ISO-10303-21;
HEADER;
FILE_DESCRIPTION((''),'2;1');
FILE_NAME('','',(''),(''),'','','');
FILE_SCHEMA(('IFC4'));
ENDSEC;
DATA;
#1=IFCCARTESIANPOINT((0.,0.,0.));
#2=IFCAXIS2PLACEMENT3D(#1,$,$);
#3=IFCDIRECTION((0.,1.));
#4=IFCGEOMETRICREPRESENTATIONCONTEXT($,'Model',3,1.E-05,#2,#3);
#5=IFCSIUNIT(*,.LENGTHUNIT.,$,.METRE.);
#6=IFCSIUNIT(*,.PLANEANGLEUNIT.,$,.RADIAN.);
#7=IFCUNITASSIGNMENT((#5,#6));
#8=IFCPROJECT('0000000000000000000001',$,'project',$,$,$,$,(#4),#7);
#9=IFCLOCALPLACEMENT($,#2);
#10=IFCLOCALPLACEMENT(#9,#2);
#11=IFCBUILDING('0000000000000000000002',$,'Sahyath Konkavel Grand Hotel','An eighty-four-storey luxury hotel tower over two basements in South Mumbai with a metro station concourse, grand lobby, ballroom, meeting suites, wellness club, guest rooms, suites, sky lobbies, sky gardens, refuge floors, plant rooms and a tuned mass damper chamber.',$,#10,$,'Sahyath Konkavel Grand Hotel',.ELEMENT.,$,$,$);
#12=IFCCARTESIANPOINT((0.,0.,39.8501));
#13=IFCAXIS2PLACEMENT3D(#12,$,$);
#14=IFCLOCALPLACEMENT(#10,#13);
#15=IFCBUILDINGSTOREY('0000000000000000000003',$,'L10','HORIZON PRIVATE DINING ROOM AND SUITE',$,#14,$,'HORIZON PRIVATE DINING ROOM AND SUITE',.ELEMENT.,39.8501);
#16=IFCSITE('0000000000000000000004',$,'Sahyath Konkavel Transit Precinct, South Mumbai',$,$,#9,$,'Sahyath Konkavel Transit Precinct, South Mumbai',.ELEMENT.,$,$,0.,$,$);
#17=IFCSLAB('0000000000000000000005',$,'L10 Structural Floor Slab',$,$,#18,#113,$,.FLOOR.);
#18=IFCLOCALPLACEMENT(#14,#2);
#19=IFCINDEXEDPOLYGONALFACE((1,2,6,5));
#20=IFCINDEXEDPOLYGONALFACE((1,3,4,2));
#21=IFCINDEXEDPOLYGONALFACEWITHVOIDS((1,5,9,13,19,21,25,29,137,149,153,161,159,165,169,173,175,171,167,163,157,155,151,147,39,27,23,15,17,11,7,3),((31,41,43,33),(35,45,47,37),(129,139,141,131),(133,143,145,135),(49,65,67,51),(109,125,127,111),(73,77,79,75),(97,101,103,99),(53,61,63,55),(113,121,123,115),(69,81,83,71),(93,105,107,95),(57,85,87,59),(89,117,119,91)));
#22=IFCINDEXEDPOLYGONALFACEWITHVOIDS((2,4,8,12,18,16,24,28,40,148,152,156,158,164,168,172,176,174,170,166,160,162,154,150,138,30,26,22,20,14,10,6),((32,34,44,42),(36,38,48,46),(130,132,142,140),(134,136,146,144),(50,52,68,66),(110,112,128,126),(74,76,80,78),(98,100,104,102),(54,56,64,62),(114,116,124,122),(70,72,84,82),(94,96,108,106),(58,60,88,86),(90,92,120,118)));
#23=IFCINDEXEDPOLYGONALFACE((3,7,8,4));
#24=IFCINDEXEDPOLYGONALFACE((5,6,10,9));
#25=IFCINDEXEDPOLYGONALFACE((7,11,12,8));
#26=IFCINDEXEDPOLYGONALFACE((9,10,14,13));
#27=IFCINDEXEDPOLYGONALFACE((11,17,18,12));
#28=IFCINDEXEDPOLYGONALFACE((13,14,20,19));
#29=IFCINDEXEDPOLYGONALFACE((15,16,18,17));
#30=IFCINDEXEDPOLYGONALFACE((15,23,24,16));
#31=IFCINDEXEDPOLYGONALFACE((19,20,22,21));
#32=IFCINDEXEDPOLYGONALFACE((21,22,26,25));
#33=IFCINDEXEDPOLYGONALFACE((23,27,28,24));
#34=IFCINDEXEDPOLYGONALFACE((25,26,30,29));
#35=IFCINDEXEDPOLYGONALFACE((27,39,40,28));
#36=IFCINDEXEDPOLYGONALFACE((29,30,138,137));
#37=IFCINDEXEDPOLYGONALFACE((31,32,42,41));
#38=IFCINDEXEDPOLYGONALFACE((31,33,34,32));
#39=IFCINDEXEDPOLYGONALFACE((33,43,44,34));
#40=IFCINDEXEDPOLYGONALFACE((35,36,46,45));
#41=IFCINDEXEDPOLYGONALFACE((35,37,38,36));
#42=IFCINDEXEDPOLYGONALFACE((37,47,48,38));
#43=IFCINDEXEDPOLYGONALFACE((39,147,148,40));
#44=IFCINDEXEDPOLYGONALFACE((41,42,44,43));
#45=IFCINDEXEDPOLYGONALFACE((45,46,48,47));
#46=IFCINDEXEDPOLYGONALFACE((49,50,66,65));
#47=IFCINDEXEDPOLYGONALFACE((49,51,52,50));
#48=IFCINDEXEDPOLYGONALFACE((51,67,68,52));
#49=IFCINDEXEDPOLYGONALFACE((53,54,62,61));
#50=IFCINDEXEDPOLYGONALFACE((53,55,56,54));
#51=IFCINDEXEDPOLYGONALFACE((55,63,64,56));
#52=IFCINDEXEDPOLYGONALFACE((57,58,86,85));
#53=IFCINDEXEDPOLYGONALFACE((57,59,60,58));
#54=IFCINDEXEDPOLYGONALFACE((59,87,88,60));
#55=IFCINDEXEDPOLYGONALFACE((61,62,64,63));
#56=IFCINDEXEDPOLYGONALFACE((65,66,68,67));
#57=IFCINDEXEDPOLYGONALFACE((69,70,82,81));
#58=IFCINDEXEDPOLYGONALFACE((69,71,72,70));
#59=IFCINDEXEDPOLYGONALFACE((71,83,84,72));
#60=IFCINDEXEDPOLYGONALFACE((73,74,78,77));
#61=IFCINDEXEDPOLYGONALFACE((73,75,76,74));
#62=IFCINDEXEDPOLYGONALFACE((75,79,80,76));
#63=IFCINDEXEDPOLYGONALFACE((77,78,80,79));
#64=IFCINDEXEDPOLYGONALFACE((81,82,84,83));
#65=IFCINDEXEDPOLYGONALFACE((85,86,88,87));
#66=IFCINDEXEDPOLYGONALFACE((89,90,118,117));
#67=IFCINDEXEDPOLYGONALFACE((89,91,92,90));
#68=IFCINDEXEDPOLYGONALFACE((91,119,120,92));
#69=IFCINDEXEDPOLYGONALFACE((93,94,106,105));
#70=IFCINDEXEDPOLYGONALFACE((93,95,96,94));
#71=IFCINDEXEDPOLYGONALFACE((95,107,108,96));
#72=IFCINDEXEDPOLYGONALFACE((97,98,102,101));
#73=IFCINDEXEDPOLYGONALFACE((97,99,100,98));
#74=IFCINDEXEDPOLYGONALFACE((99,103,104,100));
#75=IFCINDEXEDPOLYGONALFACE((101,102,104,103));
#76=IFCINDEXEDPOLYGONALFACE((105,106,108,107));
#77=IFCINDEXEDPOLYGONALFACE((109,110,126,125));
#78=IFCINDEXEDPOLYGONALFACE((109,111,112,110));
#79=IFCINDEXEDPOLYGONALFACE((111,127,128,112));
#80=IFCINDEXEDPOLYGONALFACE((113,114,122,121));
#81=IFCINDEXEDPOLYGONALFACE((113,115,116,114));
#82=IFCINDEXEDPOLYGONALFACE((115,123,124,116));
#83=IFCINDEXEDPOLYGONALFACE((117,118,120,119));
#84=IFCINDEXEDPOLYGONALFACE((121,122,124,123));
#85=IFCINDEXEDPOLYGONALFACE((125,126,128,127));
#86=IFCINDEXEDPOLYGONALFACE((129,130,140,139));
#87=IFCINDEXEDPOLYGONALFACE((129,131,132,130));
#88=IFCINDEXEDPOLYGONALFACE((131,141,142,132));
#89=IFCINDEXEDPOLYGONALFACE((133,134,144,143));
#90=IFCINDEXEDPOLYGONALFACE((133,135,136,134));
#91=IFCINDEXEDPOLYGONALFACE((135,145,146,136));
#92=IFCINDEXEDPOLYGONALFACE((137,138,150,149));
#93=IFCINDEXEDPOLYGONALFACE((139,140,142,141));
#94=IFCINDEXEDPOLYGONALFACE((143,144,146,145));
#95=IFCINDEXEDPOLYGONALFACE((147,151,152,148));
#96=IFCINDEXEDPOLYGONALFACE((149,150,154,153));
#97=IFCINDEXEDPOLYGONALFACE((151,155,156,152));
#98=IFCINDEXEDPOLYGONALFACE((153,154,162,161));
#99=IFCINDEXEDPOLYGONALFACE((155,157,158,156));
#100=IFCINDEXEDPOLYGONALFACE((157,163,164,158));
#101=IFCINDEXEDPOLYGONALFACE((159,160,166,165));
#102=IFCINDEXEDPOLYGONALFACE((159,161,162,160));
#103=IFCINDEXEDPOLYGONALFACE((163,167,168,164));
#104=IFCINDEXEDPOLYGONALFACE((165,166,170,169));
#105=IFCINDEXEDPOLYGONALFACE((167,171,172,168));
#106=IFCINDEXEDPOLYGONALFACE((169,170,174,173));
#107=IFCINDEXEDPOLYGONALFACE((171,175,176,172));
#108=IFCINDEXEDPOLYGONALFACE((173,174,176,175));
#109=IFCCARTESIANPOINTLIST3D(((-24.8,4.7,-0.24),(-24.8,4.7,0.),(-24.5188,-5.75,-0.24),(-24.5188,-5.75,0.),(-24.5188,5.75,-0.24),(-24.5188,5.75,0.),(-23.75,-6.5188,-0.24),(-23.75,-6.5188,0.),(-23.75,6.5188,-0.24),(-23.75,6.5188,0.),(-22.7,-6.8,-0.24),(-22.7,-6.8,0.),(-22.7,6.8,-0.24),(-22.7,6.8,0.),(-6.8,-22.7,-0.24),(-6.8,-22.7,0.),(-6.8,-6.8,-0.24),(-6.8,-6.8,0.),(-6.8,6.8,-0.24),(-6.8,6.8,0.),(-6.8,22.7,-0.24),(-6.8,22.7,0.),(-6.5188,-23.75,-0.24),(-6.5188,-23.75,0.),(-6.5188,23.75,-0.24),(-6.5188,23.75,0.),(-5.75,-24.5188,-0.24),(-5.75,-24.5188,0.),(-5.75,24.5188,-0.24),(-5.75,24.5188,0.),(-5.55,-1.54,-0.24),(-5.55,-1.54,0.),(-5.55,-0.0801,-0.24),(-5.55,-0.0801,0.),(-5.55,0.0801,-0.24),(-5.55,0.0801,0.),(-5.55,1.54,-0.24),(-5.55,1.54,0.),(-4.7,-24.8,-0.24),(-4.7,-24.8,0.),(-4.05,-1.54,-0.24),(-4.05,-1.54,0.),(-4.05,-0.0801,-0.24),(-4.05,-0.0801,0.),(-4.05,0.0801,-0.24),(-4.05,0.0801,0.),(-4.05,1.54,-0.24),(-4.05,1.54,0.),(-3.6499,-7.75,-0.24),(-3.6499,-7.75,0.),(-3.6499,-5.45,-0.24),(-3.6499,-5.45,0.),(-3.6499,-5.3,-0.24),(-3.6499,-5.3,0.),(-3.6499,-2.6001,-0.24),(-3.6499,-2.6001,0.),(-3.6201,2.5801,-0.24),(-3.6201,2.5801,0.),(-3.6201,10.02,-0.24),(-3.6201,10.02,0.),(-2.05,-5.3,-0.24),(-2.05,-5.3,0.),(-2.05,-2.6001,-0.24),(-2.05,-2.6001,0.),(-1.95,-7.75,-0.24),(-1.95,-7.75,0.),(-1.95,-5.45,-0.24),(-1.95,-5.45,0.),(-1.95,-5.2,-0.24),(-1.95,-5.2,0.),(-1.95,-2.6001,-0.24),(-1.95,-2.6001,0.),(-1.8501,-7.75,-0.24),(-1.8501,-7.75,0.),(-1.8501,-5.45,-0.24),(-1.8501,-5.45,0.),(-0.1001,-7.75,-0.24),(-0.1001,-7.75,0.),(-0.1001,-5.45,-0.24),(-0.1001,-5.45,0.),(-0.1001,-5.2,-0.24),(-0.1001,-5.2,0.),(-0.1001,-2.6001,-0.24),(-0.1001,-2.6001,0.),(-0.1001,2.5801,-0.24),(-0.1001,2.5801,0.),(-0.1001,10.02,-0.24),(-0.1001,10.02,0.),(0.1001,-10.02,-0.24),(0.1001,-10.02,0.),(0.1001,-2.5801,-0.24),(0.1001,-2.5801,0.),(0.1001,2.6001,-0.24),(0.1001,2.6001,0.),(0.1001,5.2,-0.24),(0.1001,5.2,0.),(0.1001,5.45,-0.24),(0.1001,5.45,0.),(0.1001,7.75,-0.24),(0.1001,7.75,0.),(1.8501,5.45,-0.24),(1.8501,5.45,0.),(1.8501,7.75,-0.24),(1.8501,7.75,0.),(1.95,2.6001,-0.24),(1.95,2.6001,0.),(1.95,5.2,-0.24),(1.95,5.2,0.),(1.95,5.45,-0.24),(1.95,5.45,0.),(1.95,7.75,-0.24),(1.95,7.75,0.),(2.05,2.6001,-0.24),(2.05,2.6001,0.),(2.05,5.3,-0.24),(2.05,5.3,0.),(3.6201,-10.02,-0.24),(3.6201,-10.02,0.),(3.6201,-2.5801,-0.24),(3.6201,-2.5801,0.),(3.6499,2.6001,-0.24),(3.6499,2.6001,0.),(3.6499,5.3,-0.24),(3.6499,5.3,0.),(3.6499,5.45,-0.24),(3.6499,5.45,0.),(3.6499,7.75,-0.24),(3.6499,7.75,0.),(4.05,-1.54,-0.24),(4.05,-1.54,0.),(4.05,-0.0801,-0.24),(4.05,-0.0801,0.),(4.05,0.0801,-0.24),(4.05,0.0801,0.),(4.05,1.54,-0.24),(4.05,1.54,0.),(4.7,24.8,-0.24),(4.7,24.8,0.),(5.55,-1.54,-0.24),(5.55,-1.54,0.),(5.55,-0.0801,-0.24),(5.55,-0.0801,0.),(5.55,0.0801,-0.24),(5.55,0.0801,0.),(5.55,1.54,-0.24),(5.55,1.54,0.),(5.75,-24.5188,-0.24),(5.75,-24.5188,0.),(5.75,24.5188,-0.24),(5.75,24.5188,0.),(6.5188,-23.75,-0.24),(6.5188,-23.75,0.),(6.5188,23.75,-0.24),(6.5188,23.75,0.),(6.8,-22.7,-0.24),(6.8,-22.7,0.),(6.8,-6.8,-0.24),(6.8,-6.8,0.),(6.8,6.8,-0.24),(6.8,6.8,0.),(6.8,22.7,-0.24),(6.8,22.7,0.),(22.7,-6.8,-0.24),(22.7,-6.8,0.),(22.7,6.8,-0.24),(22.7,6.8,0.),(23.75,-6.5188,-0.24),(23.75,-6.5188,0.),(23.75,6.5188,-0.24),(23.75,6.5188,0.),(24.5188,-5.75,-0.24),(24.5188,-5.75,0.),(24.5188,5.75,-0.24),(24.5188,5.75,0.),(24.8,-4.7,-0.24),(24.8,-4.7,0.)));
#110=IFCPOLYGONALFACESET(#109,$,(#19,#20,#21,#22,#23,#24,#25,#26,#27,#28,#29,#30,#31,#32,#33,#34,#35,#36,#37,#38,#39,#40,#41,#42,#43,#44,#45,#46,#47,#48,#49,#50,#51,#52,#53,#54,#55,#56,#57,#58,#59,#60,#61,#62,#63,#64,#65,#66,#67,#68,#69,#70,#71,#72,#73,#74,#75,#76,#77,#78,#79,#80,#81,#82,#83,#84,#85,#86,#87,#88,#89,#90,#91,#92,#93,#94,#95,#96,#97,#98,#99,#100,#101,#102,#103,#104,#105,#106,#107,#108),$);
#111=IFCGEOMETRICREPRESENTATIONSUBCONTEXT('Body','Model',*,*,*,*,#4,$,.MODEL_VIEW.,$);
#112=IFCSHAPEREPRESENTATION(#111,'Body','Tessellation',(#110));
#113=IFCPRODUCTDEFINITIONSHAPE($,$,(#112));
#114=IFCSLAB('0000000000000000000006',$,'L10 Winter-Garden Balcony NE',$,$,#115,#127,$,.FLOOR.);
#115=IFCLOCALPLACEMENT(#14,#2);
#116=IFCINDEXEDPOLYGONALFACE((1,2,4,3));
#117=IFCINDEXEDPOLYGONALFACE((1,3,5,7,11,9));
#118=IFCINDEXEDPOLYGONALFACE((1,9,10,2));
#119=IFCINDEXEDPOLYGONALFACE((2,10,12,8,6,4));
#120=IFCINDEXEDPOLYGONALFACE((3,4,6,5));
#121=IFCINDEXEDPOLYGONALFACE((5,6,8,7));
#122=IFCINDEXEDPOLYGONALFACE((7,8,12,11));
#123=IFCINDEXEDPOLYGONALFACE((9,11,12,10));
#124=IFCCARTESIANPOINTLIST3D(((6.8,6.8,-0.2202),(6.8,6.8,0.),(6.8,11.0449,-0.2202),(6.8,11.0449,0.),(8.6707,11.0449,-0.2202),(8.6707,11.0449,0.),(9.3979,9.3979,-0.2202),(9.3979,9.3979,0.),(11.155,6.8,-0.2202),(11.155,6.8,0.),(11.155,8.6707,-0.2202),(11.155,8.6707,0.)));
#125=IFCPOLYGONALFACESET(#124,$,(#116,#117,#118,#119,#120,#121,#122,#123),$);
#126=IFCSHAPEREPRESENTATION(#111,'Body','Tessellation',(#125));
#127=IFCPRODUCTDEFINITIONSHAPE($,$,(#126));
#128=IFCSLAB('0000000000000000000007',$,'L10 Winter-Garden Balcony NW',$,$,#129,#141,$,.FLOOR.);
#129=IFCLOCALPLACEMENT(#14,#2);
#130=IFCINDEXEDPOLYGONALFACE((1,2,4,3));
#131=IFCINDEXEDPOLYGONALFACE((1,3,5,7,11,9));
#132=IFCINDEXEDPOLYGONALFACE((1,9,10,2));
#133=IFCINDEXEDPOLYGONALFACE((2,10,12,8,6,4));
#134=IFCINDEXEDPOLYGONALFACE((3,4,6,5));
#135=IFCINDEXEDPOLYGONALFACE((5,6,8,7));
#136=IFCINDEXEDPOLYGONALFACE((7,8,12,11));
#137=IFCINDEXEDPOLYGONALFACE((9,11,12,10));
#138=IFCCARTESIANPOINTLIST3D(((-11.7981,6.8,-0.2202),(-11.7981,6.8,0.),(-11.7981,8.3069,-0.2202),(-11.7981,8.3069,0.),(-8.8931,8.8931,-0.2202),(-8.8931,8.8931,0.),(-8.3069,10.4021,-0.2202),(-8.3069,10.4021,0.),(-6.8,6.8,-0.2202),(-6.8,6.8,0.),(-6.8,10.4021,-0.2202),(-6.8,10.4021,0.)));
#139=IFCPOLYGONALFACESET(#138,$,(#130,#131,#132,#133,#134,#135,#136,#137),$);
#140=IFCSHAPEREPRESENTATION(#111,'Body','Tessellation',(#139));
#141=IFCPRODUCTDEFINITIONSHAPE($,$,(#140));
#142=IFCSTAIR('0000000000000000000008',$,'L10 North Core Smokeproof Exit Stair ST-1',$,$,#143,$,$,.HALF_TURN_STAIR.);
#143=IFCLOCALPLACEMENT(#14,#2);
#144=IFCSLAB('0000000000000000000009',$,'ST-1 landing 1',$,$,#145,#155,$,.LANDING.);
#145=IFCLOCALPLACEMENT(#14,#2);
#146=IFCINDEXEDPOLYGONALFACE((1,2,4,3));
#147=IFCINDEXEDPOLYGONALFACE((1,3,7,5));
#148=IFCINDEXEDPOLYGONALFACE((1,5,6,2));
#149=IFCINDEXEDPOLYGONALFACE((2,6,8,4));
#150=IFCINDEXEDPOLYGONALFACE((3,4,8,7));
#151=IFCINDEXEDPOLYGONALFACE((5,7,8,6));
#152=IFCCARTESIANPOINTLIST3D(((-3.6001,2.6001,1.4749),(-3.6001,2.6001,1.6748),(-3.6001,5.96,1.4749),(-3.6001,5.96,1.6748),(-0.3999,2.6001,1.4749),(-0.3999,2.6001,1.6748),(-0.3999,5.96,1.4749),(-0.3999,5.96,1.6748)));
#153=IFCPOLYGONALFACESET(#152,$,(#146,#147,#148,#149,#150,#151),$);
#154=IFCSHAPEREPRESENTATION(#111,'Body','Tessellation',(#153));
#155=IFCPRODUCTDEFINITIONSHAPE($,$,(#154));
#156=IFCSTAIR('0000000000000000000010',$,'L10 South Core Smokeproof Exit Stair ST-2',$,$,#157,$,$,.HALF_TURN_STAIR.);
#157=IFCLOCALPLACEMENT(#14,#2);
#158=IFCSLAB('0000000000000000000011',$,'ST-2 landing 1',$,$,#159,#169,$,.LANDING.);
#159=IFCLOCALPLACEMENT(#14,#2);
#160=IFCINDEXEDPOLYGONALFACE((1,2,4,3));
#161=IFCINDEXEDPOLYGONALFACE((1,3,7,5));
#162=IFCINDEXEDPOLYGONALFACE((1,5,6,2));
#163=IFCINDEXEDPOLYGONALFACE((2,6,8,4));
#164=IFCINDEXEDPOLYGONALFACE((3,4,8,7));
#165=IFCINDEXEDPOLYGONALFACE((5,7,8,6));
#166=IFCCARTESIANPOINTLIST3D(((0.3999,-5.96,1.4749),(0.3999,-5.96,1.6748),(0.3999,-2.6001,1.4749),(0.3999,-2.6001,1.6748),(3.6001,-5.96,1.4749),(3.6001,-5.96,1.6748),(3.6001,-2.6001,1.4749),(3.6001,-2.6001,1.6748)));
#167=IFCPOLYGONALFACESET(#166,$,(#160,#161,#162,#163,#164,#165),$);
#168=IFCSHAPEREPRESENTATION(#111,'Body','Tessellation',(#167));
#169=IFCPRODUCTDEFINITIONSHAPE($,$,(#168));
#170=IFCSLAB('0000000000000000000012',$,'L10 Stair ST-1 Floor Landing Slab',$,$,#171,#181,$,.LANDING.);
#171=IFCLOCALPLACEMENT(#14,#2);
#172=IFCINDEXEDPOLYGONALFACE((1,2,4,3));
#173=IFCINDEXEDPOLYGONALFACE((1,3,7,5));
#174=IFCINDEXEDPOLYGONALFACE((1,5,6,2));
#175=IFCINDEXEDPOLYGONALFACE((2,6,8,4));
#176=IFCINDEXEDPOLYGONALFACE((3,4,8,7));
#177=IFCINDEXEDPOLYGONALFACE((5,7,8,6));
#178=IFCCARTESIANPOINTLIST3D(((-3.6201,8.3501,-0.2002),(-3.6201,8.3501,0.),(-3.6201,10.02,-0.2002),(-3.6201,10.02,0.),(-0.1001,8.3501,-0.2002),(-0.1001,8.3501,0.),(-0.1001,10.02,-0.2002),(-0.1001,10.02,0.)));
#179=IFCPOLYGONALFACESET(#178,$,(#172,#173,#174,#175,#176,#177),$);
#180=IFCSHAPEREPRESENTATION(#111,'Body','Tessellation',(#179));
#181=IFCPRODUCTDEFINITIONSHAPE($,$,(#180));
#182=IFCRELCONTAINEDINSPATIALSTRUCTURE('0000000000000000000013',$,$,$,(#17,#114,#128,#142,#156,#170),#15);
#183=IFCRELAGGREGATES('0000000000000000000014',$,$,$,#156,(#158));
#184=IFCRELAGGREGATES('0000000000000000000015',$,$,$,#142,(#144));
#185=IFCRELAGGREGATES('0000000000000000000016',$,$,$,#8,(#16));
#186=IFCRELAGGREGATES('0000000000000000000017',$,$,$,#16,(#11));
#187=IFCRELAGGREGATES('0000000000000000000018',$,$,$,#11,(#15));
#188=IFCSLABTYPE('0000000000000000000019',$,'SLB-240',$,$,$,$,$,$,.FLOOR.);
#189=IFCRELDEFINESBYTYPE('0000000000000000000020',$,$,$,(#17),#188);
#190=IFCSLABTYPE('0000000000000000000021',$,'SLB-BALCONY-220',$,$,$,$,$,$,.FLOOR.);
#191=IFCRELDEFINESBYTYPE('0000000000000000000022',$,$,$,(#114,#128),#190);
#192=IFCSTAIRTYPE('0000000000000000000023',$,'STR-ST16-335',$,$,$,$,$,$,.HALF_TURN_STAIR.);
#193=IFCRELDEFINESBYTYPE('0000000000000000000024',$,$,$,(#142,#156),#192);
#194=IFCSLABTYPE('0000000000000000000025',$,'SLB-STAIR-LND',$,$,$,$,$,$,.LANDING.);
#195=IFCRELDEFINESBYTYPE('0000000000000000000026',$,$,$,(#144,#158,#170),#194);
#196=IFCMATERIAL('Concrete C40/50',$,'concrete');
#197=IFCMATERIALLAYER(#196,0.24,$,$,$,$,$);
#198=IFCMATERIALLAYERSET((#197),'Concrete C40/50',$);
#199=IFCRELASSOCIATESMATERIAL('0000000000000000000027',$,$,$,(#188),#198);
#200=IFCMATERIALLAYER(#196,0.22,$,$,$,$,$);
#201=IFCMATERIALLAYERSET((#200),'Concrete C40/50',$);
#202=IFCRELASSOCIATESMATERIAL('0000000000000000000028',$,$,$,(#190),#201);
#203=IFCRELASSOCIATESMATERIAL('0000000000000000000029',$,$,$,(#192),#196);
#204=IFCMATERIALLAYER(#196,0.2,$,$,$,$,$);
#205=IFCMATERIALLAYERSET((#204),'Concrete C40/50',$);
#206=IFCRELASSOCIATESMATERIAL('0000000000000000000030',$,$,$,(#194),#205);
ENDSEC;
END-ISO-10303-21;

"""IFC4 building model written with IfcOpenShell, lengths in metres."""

from ifc_helpers import new_model, si_unit, direction, frame, origin, place, context, subcontext, project, spatial, polyline, outline, extrude, material, layer, layer_set, type_object, element, aggregate, save


model = new_model("IFC4")

# Units and contexts
model_context = context("Model", 3, precision=1e-05, world=origin(), true_north=direction((0.0, 1.0)))
body_context = subcontext(model_context, "Body", "Model", "MODEL_VIEW")
ifc_project = project(units=[si_unit("LENGTHUNIT", "METRE"), si_unit("PLANEANGLEUNIT", "RADIAN")], contexts=[model_context])

# Site, building, storey
site_placement = place(None, origin())
site = spatial("IfcSite", under=ifc_project, at=site_placement, Name="Sahyath Konkavel Transit Precinct, South Mumbai", LongName="Sahyath Konkavel Transit Precinct, South Mumbai", CompositionType="ELEMENT", RefElevation=0.0)
building_placement = place(site_placement, origin())
building = spatial("IfcBuilding", under=site, at=building_placement, Name="Sahyath Konkavel Grand Hotel", Description="An eighty-four-storey luxury hotel tower over two basements in South Mumbai with a metro station concourse, grand lobby, ballroom, meeting suites, wellness club, guest rooms, suites, sky lobbies, sky gardens, refuge floors, plant rooms and a tuned mass damper chamber.", LongName="Sahyath Konkavel Grand Hotel", CompositionType="ELEMENT")
storey_placement = place(building_placement, frame((0.0, 0.0, 39.8501)))
storey = spatial("IfcBuildingStorey", under=building, at=storey_placement, Name="L10", Description="HORIZON PRIVATE DINING ROOM AND SUITE", LongName="HORIZON PRIVATE DINING ROOM AND SUITE", CompositionType="ELEMENT", Elevation=39.8501)

# Slabs
ifc_material_1 = material(Name="Concrete C40/50", Category="concrete")
ifc_layer_1 = layer(ifc_material_1, 0.24)
ifc_layer_set_1 = layer_set([ifc_layer_1], Name="Concrete C40/50")
slab_type_1 = type_object("IfcSlabType", Name="SLB-240", PredefinedType="FLOOR", material=ifc_layer_set_1)
slab_1_placement = place(storey_placement, frame((0.0, 0.0, -0.24)))
element("IfcSlab", 1, at=slab_1_placement, inside=storey, type_object=slab_type_1, Name="L10 Structural Floor Slab", PredefinedType="FLOOR", context=body_context, shape_type="SweptSolid", body=[
    extrude(outline(polyline([(6.8, -6.8), (22.7, -6.8), (23.75, -6.5188), (24.5188, -5.75), (24.8, -4.7), (24.5188, 5.75), (23.75, 6.5188), (22.7, 6.8), (6.8, 6.8), (6.8, 22.7), (6.5188, 23.75), (5.75, 24.5188), (4.7, 24.8), (-5.75, 24.5188), (-6.5188, 23.75), (-6.8, 22.7), (-6.8, 6.8), (-22.7, 6.8), (-23.75, 6.5188), (-24.5188, 5.75), (-24.8, 4.7), (-24.5188, -5.75), (-23.75, -6.5188), (-22.7, -6.8), (-6.8, -6.8), (-6.8, -22.7), (-6.5188, -23.75), (-5.75, -24.5188), (-4.7, -24.8), (5.75, -24.5188), (6.5188, -23.75), (6.8, -22.7), (6.8, -6.8)]), holes=[polyline([(-3.6201, 2.5801), (-0.1001, 2.5801), (-0.1001, 10.02), (-3.6201, 10.02), (-3.6201, 2.5801)]), polyline([(0.1001, -10.02), (3.6201, -10.02), (3.6201, -2.5801), (0.1001, -2.5801), (0.1001, -10.02)]), polyline([(0.1001, 2.6001), (1.95, 2.6001), (1.95, 5.2), (0.1001, 5.2), (0.1001, 2.6001)]), polyline([(-1.95, -5.2), (-0.1001, -5.2), (-0.1001, -2.6001), (-1.95, -2.6001), (-1.95, -5.2)]), polyline([(2.05, 2.6001), (3.6499, 2.6001), (3.6499, 5.3), (2.05, 5.3), (2.05, 2.6001)]), polyline([(-3.6499, -5.3), (-2.05, -5.3), (-2.05, -2.6001), (-3.6499, -2.6001), (-3.6499, -5.3)]), polyline([(0.1001, 5.45), (1.8501, 5.45), (1.8501, 7.75), (0.1001, 7.75), (0.1001, 5.45)]), polyline([(1.95, 5.45), (3.6499, 5.45), (3.6499, 7.75), (1.95, 7.75), (1.95, 5.45)]), polyline([(-3.6499, -7.75), (-1.95, -7.75), (-1.95, -5.45), (-3.6499, -5.45), (-3.6499, -7.75)]), polyline([(-1.8501, -7.75), (-0.1001, -7.75), (-0.1001, -5.45), (-1.8501, -5.45), (-1.8501, -7.75)]), polyline([(4.05, 0.0801), (5.55, 0.0801), (5.55, 1.54), (4.05, 1.54), (4.05, 0.0801)]), polyline([(4.05, -1.54), (5.55, -1.54), (5.55, -0.0801), (4.05, -0.0801), (4.05, -1.54)]), polyline([(-5.55, 0.0801), (-4.05, 0.0801), (-4.05, 1.54), (-5.55, 1.54), (-5.55, 0.0801)]), polyline([(-5.55, -1.54), (-4.05, -1.54), (-4.05, -0.0801), (-5.55, -0.0801), (-5.55, -1.54)])]), origin(), (0.0, 0.0, 1.0), 0.24),
])
ifc_layer_2 = layer(ifc_material_1, 0.22)
ifc_layer_set_2 = layer_set([ifc_layer_2], Name="Concrete C40/50")
slab_type_2 = type_object("IfcSlabType", Name="SLB-BALCONY-220", PredefinedType="FLOOR", material=ifc_layer_set_2)
slab_2_placement = place(storey_placement, frame((0.0, 0.0, -0.2202)))
element("IfcSlab", 2, at=slab_2_placement, inside=storey, type_object=slab_type_2, Name="L10 Winter-Garden Balcony NE", PredefinedType="FLOOR", context=body_context, shape_type="SweptSolid", body=[
    extrude(outline(polyline([(6.8, 6.8), (11.155, 6.8), (11.155, 8.6707), (9.3979, 9.3979), (8.6707, 11.0449), (6.8, 11.0449), (6.8, 6.8)])), origin(), (0.0, 0.0, 1.0), 0.2202),
])
slab_3_placement = place(storey_placement, frame((0.0, 0.0, -0.2202)))
element("IfcSlab", 3, at=slab_3_placement, inside=storey, type_object=slab_type_2, Name="L10 Winter-Garden Balcony NW", PredefinedType="FLOOR", context=body_context, shape_type="SweptSolid", body=[
    extrude(outline(polyline([(-6.8, 6.8), (-6.8, 10.4021), (-8.3069, 10.4021), (-8.8931, 8.8931), (-11.7981, 8.3069), (-11.7981, 6.8), (-6.8, 6.8)])), origin(), (0.0, 0.0, 1.0), 0.2202),
])

# Stairs, slabs
stair_type = type_object("IfcStairType", Name="STR-ST16-335", PredefinedType="HALF_TURN_STAIR", material=ifc_material_1)
stair_1_placement = place(storey_placement, origin())
stair_1 = element("IfcStair", 4, at=stair_1_placement, inside=storey, type_object=stair_type, Name="L10 North Core Smokeproof Exit Stair ST-1", PredefinedType="HALF_TURN_STAIR")
ifc_layer_3 = layer(ifc_material_1, 0.2)
ifc_layer_set_3 = layer_set([ifc_layer_3], Name="Concrete C40/50")
slab_type_3 = type_object("IfcSlabType", Name="SLB-STAIR-LND", PredefinedType="LANDING", material=ifc_layer_set_3)
slab_4_placement = place(storey_placement, frame((0.0, 0.0, 1.4749)))
slab_4 = element("IfcSlab", 5, at=slab_4_placement, type_object=slab_type_3, Name="ST-1 landing 1", PredefinedType="LANDING", context=body_context, shape_type="SweptSolid", body=[
    extrude(outline(polyline([(-3.6001, 5.96), (-3.6001, 2.6001), (-0.3999, 2.6001), (-0.3999, 5.96), (-3.6001, 5.96)])), origin(), (0.0, 0.0, 1.0), 0.2),
])
stair_2_placement = place(storey_placement, origin())
stair_2 = element("IfcStair", 6, at=stair_2_placement, inside=storey, type_object=stair_type, Name="L10 South Core Smokeproof Exit Stair ST-2", PredefinedType="HALF_TURN_STAIR")
slab_5_placement = place(storey_placement, frame((0.0, 0.0, 1.4749)))
slab_5 = element("IfcSlab", 7, at=slab_5_placement, type_object=slab_type_3, Name="ST-2 landing 1", PredefinedType="LANDING", context=body_context, shape_type="SweptSolid", body=[
    extrude(outline(polyline([(3.6001, -5.96), (3.6001, -2.6001), (0.3999, -2.6001), (0.3999, -5.96), (3.6001, -5.96)])), origin(), (0.0, 0.0, 1.0), 0.2),
])
aggregate(stair_2, [slab_5])

# Slab
slab_6_placement = place(storey_placement, frame((0.0, 0.0, -0.2002)))
element("IfcSlab", 8, at=slab_6_placement, inside=storey, type_object=slab_type_3, Name="L10 Stair ST-1 Floor Landing Slab", PredefinedType="LANDING", context=body_context, shape_type="SweptSolid", body=[
    extrude(outline(polyline([(-3.6201, 8.3501), (-0.1001, 8.3501), (-0.1001, 10.02), (-3.6201, 10.02), (-3.6201, 8.3501)])), origin(), (0.0, 0.0, 1.0), 0.2002),
])

aggregate(stair_1, [slab_4])

save(model, "model.ifc")
